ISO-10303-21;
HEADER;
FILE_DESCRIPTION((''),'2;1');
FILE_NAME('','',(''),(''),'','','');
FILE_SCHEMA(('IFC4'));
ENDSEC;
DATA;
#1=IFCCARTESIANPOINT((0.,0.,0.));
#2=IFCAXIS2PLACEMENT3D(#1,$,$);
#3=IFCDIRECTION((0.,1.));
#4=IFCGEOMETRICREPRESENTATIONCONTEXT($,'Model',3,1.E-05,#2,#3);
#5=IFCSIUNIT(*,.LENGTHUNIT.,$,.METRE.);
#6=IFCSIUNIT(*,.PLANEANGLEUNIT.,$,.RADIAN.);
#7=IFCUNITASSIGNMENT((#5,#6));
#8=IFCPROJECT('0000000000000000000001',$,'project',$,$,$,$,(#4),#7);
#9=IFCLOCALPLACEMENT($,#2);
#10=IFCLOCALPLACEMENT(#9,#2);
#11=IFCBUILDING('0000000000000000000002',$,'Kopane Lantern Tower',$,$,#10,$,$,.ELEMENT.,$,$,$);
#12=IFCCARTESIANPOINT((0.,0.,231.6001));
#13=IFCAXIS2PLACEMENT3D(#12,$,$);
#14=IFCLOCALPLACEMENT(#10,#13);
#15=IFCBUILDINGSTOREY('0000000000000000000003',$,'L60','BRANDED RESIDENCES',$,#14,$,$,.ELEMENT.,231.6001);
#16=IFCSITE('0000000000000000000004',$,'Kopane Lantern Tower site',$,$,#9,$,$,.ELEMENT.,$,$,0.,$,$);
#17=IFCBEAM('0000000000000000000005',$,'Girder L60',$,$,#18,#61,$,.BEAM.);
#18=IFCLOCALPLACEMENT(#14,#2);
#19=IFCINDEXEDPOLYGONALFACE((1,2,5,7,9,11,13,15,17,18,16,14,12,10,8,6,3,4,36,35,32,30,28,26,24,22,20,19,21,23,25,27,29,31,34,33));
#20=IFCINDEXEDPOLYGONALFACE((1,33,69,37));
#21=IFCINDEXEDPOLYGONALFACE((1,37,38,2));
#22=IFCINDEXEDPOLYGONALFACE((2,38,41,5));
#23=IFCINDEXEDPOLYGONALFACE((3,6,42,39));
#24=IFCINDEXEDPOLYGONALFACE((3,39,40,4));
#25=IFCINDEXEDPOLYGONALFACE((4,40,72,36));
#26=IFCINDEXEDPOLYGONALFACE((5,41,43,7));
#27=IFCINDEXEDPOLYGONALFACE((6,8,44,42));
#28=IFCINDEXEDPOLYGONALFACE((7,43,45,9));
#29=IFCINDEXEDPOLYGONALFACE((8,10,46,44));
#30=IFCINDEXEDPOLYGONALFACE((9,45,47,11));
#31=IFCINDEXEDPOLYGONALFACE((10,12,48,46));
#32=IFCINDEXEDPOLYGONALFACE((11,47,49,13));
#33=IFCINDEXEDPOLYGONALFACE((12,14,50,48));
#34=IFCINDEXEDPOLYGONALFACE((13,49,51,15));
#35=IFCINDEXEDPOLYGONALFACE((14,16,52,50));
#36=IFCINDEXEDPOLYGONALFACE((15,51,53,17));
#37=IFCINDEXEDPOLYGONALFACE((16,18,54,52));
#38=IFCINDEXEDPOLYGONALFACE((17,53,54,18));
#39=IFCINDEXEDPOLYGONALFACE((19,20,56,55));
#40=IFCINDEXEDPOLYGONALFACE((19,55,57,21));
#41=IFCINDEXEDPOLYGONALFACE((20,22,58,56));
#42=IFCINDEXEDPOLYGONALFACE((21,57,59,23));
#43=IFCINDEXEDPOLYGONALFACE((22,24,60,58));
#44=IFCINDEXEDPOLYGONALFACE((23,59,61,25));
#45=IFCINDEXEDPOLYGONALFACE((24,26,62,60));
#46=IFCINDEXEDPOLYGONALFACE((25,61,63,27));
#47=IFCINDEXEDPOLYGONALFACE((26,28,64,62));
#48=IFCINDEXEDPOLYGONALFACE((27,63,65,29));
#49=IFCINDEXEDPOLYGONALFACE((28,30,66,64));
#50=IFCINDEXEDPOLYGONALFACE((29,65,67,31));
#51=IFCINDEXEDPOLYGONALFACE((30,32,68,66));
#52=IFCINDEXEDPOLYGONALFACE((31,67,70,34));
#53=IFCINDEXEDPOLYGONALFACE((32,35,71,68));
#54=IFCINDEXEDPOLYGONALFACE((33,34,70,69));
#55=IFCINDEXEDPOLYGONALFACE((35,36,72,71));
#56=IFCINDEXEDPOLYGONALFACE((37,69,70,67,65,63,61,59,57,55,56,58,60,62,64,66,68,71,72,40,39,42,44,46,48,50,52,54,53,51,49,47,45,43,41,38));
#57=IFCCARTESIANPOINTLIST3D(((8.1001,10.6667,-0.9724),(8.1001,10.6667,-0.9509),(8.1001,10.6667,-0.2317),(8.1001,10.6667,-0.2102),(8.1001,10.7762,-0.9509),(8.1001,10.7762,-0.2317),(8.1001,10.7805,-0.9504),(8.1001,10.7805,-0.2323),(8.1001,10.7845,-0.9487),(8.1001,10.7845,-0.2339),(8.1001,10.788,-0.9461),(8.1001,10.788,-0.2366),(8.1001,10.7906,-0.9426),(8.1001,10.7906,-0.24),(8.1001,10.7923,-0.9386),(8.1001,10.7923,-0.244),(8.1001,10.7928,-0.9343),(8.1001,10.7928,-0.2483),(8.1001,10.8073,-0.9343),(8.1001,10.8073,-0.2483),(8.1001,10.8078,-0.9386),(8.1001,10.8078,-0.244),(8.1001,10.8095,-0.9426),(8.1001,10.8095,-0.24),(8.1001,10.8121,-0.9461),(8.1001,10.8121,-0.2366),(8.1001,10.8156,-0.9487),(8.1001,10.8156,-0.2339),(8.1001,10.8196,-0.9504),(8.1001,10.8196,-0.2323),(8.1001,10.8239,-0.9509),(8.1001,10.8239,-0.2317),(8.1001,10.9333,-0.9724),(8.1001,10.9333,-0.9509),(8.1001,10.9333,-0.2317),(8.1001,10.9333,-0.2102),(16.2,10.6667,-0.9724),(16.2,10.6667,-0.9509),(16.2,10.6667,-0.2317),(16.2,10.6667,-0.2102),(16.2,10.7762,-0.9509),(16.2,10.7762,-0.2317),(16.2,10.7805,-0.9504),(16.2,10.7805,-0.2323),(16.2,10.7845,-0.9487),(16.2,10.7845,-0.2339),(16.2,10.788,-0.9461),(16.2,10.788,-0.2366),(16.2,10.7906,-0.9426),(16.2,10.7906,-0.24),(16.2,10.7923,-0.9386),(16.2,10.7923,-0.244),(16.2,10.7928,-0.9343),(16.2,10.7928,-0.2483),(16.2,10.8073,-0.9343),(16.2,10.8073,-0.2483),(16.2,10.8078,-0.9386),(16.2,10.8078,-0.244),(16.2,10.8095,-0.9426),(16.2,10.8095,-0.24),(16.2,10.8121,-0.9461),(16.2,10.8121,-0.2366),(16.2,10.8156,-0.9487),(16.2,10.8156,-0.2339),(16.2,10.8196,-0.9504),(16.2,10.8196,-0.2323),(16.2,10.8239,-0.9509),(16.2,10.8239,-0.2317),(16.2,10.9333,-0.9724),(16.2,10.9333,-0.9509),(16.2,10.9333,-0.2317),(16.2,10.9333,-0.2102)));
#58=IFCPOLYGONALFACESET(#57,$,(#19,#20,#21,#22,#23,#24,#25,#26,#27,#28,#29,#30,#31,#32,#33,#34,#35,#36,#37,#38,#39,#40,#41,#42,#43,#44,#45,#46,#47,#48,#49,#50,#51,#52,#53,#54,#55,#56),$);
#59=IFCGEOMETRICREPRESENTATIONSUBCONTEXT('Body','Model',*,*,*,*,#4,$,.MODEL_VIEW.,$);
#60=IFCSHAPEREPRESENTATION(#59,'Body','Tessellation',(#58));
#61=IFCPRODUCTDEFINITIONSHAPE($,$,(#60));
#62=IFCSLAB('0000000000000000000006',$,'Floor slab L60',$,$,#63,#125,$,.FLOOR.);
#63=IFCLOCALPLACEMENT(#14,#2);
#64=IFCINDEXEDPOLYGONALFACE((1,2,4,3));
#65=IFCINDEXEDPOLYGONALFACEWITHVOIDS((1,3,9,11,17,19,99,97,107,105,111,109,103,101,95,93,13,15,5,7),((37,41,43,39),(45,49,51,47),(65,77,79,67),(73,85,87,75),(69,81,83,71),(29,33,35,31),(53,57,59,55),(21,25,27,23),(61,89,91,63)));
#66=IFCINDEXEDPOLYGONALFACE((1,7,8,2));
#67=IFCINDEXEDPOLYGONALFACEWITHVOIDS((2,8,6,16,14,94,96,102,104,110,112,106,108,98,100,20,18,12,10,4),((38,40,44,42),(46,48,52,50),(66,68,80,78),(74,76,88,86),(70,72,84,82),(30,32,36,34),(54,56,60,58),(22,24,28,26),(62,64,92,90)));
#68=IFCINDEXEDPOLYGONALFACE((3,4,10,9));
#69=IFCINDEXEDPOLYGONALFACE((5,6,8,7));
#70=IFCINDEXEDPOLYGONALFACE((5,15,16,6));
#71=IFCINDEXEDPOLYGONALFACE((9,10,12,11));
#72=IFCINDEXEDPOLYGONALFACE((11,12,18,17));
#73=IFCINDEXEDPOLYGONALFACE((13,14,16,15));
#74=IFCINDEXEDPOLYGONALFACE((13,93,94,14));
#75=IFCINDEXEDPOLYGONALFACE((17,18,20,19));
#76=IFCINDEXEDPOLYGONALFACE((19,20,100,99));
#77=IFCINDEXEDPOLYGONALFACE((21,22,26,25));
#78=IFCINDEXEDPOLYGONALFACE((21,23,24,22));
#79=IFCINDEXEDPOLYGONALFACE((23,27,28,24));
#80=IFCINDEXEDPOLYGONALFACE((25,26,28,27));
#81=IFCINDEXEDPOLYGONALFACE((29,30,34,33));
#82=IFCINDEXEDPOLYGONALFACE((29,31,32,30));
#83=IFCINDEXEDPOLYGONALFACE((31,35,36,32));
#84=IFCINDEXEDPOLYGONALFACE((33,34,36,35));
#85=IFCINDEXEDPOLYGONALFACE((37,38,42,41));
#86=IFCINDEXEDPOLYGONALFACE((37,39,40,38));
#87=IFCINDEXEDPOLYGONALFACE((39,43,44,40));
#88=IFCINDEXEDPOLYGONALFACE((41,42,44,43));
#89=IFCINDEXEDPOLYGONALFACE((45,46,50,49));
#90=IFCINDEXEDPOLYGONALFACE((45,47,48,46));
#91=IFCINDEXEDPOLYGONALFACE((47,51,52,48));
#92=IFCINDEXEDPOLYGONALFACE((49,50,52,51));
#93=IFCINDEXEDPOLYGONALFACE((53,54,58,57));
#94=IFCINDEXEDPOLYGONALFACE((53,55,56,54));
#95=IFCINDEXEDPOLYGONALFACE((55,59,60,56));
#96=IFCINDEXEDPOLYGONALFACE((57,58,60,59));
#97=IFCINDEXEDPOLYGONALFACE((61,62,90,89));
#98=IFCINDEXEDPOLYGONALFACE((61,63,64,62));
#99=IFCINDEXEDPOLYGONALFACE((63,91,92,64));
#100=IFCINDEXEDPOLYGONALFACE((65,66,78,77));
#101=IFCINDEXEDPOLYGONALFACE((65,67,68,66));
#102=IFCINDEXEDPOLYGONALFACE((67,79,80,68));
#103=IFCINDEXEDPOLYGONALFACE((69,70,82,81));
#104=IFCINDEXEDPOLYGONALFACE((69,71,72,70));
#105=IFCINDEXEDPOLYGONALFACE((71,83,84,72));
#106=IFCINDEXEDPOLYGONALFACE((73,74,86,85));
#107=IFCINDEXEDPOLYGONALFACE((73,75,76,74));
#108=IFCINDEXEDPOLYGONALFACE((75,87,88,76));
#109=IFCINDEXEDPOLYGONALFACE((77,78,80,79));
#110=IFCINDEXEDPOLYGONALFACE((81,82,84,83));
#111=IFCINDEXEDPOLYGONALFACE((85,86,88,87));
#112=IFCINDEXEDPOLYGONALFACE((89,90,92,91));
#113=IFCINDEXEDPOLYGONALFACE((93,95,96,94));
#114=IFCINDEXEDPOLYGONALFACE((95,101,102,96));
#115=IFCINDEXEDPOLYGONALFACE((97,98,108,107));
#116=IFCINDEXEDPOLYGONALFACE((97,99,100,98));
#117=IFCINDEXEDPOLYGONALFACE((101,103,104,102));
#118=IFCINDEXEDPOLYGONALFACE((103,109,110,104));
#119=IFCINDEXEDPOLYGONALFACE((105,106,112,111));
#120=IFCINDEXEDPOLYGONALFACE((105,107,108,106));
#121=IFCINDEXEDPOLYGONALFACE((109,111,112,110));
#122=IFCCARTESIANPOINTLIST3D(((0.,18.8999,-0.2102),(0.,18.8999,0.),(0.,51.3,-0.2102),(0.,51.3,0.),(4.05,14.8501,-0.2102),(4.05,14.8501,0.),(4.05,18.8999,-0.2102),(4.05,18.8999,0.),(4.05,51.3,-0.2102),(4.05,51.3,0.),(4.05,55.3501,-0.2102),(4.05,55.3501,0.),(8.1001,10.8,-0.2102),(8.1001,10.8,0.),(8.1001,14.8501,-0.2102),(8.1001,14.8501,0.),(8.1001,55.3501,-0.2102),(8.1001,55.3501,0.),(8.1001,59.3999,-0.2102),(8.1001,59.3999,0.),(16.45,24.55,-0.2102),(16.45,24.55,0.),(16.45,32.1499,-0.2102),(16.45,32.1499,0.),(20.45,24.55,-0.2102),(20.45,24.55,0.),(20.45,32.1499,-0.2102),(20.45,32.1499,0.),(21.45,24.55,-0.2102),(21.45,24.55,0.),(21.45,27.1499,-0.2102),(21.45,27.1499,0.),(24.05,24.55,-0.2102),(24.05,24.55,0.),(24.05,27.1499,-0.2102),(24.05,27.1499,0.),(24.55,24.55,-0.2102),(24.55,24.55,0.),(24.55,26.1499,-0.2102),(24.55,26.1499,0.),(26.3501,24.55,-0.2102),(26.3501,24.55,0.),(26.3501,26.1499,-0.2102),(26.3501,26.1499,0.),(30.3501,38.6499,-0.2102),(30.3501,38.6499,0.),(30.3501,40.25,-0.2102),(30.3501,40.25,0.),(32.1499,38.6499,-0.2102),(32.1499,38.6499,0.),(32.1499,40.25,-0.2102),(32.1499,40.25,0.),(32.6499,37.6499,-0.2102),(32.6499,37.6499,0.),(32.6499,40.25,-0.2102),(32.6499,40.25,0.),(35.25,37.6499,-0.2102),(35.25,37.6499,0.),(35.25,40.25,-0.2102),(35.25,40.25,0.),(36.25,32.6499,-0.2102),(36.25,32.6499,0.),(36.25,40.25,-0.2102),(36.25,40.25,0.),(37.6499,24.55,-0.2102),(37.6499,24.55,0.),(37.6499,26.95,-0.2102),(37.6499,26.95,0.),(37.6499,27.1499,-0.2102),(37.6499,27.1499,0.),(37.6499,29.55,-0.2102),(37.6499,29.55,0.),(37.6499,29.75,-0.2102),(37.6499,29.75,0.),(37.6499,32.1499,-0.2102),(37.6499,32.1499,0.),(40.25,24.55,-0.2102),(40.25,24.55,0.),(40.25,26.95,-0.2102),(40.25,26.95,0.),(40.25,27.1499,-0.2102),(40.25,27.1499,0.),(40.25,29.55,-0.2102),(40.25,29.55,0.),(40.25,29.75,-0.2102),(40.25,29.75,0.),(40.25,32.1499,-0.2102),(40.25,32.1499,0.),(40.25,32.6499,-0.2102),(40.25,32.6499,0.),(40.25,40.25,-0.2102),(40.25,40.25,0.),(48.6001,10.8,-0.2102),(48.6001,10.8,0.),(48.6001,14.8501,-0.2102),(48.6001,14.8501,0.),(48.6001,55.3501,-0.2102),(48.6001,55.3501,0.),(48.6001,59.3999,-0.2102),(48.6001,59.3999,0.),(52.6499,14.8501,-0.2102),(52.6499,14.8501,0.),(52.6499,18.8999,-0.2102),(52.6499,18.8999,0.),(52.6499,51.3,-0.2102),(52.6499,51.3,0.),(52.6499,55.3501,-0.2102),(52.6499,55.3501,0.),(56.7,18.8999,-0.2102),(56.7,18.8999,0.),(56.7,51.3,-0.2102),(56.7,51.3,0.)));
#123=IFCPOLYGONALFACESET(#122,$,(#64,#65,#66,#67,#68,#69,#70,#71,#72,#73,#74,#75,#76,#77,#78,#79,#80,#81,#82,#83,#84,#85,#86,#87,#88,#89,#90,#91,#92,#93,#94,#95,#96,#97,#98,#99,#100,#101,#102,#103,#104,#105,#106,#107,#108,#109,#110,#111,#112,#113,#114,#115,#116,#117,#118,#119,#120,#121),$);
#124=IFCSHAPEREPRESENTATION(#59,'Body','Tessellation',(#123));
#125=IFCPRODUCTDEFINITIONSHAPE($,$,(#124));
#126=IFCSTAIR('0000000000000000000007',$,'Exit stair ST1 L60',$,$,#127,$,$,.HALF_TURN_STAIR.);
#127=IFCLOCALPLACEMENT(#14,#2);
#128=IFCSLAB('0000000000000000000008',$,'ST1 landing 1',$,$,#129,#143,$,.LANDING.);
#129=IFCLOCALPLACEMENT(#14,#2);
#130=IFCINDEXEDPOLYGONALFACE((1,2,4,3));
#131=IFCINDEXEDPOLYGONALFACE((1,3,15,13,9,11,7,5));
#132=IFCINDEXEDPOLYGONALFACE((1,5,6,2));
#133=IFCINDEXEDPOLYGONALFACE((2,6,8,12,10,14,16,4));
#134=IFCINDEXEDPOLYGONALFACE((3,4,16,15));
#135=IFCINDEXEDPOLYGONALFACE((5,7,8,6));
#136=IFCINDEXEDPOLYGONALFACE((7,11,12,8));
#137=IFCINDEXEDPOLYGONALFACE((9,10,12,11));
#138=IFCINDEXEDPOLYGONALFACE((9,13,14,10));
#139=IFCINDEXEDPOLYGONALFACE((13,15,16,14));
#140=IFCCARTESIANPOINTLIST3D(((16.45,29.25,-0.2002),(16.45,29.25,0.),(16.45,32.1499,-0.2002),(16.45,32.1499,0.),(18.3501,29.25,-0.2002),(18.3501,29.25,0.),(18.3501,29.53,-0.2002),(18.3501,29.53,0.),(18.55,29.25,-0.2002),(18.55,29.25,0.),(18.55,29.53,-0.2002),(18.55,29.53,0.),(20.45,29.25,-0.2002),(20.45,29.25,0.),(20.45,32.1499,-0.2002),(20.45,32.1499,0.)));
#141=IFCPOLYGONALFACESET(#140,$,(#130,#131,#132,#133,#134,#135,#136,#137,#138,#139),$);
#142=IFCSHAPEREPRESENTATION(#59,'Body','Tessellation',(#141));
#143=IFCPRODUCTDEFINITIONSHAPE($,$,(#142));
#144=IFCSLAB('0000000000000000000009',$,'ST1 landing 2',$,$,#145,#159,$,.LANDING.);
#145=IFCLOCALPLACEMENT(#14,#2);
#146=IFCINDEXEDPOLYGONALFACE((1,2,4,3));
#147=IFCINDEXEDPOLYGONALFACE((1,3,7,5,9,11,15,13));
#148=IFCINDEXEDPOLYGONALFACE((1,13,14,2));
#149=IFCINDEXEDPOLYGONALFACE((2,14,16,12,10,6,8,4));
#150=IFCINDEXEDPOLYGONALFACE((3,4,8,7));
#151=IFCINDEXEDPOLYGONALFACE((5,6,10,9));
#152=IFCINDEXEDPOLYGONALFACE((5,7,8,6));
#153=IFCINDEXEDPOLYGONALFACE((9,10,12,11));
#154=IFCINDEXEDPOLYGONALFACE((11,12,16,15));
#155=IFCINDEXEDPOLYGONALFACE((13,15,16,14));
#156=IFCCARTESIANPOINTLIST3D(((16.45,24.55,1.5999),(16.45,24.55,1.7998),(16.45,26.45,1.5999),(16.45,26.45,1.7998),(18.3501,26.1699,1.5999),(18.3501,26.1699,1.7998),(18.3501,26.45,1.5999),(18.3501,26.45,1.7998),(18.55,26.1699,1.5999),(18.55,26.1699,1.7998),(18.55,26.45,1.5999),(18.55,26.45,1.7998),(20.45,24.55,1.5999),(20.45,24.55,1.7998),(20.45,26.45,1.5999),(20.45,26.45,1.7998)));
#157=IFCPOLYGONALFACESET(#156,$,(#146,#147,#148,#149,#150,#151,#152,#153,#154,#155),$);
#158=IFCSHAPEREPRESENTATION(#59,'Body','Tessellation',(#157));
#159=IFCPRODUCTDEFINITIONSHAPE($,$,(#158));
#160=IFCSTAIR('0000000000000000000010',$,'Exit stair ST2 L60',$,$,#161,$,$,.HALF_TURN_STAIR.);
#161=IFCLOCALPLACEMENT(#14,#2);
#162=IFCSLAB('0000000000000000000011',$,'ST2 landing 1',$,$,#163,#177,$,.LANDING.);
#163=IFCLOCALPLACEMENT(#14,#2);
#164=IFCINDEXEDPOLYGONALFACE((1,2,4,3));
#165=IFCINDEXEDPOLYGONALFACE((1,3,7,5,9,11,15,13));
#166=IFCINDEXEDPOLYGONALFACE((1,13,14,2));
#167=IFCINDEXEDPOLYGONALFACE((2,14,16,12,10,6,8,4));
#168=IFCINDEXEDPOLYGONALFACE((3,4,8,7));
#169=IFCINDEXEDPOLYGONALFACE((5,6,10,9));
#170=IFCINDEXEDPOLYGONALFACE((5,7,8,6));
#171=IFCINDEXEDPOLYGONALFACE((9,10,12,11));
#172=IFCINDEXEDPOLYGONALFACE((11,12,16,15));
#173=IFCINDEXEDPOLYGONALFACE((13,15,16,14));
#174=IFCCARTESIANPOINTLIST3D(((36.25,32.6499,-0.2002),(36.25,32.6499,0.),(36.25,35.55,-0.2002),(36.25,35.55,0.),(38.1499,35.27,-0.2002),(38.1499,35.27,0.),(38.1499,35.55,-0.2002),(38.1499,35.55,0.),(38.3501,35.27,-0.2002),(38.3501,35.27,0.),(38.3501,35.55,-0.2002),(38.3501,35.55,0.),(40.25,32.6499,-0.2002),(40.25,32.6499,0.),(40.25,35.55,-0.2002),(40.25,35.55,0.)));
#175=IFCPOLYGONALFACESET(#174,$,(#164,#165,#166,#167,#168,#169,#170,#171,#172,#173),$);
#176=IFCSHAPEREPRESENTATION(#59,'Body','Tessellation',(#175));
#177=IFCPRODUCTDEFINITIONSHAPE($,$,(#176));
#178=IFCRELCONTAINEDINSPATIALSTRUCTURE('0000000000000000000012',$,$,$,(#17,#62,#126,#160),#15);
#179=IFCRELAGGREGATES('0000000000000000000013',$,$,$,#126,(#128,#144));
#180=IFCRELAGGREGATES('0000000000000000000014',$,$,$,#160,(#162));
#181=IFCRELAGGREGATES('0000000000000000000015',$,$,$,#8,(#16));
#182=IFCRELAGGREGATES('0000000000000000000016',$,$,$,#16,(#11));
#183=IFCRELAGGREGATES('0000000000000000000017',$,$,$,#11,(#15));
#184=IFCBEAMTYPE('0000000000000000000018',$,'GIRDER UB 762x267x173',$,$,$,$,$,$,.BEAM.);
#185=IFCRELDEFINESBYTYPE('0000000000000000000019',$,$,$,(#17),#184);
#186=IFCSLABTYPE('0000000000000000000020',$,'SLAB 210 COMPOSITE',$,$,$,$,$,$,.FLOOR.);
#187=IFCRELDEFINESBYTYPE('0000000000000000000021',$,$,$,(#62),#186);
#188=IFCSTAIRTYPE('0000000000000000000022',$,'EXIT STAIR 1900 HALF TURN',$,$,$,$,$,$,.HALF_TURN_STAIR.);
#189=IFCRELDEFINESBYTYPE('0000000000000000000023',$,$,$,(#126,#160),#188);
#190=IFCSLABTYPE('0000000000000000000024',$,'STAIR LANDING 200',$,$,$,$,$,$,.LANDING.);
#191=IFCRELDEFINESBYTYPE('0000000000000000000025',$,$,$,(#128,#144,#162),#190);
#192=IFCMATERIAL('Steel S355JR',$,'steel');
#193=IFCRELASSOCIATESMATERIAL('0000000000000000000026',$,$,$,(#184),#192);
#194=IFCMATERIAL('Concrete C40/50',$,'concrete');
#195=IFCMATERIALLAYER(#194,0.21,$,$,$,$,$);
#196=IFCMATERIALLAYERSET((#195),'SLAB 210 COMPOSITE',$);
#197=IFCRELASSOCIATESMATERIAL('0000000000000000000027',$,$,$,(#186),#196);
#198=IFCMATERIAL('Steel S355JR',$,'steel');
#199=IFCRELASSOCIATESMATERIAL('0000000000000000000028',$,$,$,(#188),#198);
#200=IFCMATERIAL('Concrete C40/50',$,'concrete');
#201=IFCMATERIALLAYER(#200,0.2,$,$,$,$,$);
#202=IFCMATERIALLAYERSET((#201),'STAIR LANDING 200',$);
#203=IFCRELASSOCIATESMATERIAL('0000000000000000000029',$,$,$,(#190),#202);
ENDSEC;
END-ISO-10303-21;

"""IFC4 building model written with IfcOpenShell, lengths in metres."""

from ifc_helpers import new_model, si_unit, direction, frame, origin, origin_2d, place, context, subcontext, project, spatial, polyline, i_section, outline, extrude, material, layer, layer_set, material_profile, profile_set, type_object, element, aggregate, save


model = new_model("IFC4")

# Units and contexts
model_context = context("Model", 3, precision=1e-05, world=origin(), true_north=direction((0.0, 1.0)))
body_context = subcontext(model_context, "Body", "Model", "MODEL_VIEW")
ifc_project = project(units=[si_unit("LENGTHUNIT", "METRE"), si_unit("PLANEANGLEUNIT", "RADIAN")], contexts=[model_context])

# Site, building, storey
site_placement = place(None, origin())
site = spatial("IfcSite", under=ifc_project, at=site_placement, Name="Kopane Lantern Tower site", CompositionType="ELEMENT", RefElevation=0.0)
building_placement = place(site_placement, origin())
building = spatial("IfcBuilding", under=site, at=building_placement, Name="Kopane Lantern Tower", CompositionType="ELEMENT")
storey_placement = place(building_placement, frame((0.0, 0.0, 231.6001)))
storey = spatial("IfcBuildingStorey", under=building, at=storey_placement, Name="L60", Description="BRANDED RESIDENCES", CompositionType="ELEMENT", Elevation=231.6001)

# Beam
ifc_material_1 = material(Name="Steel S355JR", Category="steel")
ifc_material_profile_1 = material_profile(ifc_material_1, i_section(OverallWidth=0.2666, OverallDepth=0.7622, WebThickness=0.0144, FlangeThickness=0.0215, FilletRadius=0.0166, at=origin_2d()), Name="UB 762x267x173")
ifc_profile_set_1 = profile_set([ifc_material_profile_1], Name="Steel S355JR")
beam_type_1 = type_object("IfcBeamType", Name="GIRDER UB 762x267x173", PredefinedType="BEAM", material=ifc_profile_set_1)
for number, where, z_axis, x_axis, name in (
    (1, (8.1001, 10.8, -0.5913), (1.0, 0.0, 0.0), (0.0, 1.0, 0.0), "Girder L60"),
):
    element("IfcBeam", number, at=place(storey_placement, frame(where, z_axis=z_axis, x_axis=x_axis)), inside=storey, type_object=beam_type_1, Name=name, PredefinedType="BEAM", context=body_context, shape_type="SweptSolid", body=[
        extrude(i_section(OverallWidth=0.2666, OverallDepth=0.7622, WebThickness=0.0144, FlangeThickness=0.0215, FilletRadius=0.0166, at=origin_2d()), origin(), (0.0, 0.0, 1.0), 8.0999),
    ])

# Slab
ifc_material_2 = material(Name="Concrete C40/50", Category="concrete")
ifc_layer_1 = layer(ifc_material_2, 0.21)
ifc_layer_set_1 = layer_set([ifc_layer_1], Name="SLAB 210 COMPOSITE")
slab_type_1 = type_object("IfcSlabType", Name="SLAB 210 COMPOSITE", PredefinedType="FLOOR", material=ifc_layer_set_1)
slab_1_placement = place(storey_placement, frame((0.0, 0.0, -0.2102)))
element("IfcSlab", 2, at=slab_1_placement, inside=storey, type_object=slab_type_1, Name="Floor slab L60", PredefinedType="FLOOR", context=body_context, shape_type="SweptSolid", body=[
    extrude(outline(polyline([(8.1001, 10.8), (48.6001, 10.8), (48.6001, 14.8501), (52.6499, 14.8501), (52.6499, 18.8999), (56.7, 18.8999), (56.7, 51.3), (52.6499, 51.3), (52.6499, 55.3501), (48.6001, 55.3501), (48.6001, 59.3999), (8.1001, 59.3999), (8.1001, 55.3501), (4.05, 55.3501), (4.05, 51.3), (0.0, 51.3), (0.0, 18.8999), (4.05, 18.8999), (4.05, 14.8501), (8.1001, 14.8501), (8.1001, 10.8)]), holes=[polyline([(16.45, 24.55), (20.45, 24.55), (20.45, 32.1499), (16.45, 32.1499), (16.45, 24.55)]), polyline([(36.25, 32.6499), (40.25, 32.6499), (40.25, 40.25), (36.25, 40.25), (36.25, 32.6499)]), polyline([(37.6499, 24.55), (40.25, 24.55), (40.25, 26.95), (37.6499, 26.95), (37.6499, 24.55)]), polyline([(37.6499, 27.1499), (40.25, 27.1499), (40.25, 29.55), (37.6499, 29.55), (37.6499, 27.1499)]), polyline([(37.6499, 29.75), (40.25, 29.75), (40.25, 32.1499), (37.6499, 32.1499), (37.6499, 29.75)]), polyline([(21.45, 24.55), (24.05, 24.55), (24.05, 27.1499), (21.45, 27.1499), (21.45, 24.55)]), polyline([(32.6499, 37.6499), (35.25, 37.6499), (35.25, 40.25), (32.6499, 40.25), (32.6499, 37.6499)]), polyline([(24.55, 24.55), (26.3501, 24.55), (26.3501, 26.1499), (24.55, 26.1499), (24.55, 24.55)]), polyline([(30.3501, 38.6499), (32.1499, 38.6499), (32.1499, 40.25), (30.3501, 40.25), (30.3501, 38.6499)])]), origin(), (0.0, 0.0, 1.0), 0.2102),
])

# Stairs, slabs
ifc_material_3 = material(Name="Steel S355JR", Category="steel")
stair_type = type_object("IfcStairType", Name="EXIT STAIR 1900 HALF TURN", PredefinedType="HALF_TURN_STAIR", material=ifc_material_3)
stair_1_placement = place(storey_placement, origin())
stair_1 = element("IfcStair", 3, at=stair_1_placement, inside=storey, type_object=stair_type, Name="Exit stair ST1 L60", PredefinedType="HALF_TURN_STAIR")
ifc_material_4 = material(Name="Concrete C40/50", Category="concrete")
ifc_layer_2 = layer(ifc_material_4, 0.2)
ifc_layer_set_2 = layer_set([ifc_layer_2], Name="STAIR LANDING 200")
slab_type_2 = type_object("IfcSlabType", Name="STAIR LANDING 200", PredefinedType="LANDING", material=ifc_layer_set_2)
slab_2_placement = place(storey_placement, frame((0.0, 0.0, -0.2002)))
slab_2 = element("IfcSlab", 4, at=slab_2_placement, type_object=slab_type_2, Name="ST1 landing 1", PredefinedType="LANDING", context=body_context, shape_type="SweptSolid", body=[
    extrude(outline(polyline([(18.3501, 29.53), (18.55, 29.53), (18.55, 29.25), (20.45, 29.25), (20.45, 32.1499), (16.45, 32.1499), (16.45, 29.25), (18.3501, 29.25), (18.3501, 29.53)])), origin(), (0.0, 0.0, 1.0), 0.2002),
])
slab_3_placement = place(storey_placement, frame((0.0, 0.0, 1.5999)))
slab_3 = element("IfcSlab", 5, at=slab_3_placement, type_object=slab_type_2, Name="ST1 landing 2", PredefinedType="LANDING", context=body_context, shape_type="SweptSolid", body=[
    extrude(outline(polyline([(20.45, 26.45), (18.55, 26.45), (18.55, 26.1699), (18.3501, 26.1699), (18.3501, 26.45), (16.45, 26.45), (16.45, 24.55), (20.45, 24.55), (20.45, 26.45)])), origin(), (0.0, 0.0, 1.0), 0.2),
])
aggregate(stair_1, [slab_2, slab_3])
stair_2_placement = place(storey_placement, origin())
stair_2 = element("IfcStair", 6, at=stair_2_placement, inside=storey, type_object=stair_type, Name="Exit stair ST2 L60", PredefinedType="HALF_TURN_STAIR")
slab_4_placement = place(storey_placement, frame((0.0, 0.0, -0.2002)))
slab_4 = element("IfcSlab", 7, at=slab_4_placement, type_object=slab_type_2, Name="ST2 landing 1", PredefinedType="LANDING", context=body_context, shape_type="SweptSolid", body=[
    extrude(outline(polyline([(40.25, 35.55), (38.3501, 35.55), (38.3501, 35.27), (38.1499, 35.27), (38.1499, 35.55), (36.25, 35.55), (36.25, 32.6499), (40.25, 32.6499), (40.25, 35.55)])), origin(), (0.0, 0.0, 1.0), 0.2002),
])
aggregate(stair_2, [slab_4])

save(model, "model.ifc")
